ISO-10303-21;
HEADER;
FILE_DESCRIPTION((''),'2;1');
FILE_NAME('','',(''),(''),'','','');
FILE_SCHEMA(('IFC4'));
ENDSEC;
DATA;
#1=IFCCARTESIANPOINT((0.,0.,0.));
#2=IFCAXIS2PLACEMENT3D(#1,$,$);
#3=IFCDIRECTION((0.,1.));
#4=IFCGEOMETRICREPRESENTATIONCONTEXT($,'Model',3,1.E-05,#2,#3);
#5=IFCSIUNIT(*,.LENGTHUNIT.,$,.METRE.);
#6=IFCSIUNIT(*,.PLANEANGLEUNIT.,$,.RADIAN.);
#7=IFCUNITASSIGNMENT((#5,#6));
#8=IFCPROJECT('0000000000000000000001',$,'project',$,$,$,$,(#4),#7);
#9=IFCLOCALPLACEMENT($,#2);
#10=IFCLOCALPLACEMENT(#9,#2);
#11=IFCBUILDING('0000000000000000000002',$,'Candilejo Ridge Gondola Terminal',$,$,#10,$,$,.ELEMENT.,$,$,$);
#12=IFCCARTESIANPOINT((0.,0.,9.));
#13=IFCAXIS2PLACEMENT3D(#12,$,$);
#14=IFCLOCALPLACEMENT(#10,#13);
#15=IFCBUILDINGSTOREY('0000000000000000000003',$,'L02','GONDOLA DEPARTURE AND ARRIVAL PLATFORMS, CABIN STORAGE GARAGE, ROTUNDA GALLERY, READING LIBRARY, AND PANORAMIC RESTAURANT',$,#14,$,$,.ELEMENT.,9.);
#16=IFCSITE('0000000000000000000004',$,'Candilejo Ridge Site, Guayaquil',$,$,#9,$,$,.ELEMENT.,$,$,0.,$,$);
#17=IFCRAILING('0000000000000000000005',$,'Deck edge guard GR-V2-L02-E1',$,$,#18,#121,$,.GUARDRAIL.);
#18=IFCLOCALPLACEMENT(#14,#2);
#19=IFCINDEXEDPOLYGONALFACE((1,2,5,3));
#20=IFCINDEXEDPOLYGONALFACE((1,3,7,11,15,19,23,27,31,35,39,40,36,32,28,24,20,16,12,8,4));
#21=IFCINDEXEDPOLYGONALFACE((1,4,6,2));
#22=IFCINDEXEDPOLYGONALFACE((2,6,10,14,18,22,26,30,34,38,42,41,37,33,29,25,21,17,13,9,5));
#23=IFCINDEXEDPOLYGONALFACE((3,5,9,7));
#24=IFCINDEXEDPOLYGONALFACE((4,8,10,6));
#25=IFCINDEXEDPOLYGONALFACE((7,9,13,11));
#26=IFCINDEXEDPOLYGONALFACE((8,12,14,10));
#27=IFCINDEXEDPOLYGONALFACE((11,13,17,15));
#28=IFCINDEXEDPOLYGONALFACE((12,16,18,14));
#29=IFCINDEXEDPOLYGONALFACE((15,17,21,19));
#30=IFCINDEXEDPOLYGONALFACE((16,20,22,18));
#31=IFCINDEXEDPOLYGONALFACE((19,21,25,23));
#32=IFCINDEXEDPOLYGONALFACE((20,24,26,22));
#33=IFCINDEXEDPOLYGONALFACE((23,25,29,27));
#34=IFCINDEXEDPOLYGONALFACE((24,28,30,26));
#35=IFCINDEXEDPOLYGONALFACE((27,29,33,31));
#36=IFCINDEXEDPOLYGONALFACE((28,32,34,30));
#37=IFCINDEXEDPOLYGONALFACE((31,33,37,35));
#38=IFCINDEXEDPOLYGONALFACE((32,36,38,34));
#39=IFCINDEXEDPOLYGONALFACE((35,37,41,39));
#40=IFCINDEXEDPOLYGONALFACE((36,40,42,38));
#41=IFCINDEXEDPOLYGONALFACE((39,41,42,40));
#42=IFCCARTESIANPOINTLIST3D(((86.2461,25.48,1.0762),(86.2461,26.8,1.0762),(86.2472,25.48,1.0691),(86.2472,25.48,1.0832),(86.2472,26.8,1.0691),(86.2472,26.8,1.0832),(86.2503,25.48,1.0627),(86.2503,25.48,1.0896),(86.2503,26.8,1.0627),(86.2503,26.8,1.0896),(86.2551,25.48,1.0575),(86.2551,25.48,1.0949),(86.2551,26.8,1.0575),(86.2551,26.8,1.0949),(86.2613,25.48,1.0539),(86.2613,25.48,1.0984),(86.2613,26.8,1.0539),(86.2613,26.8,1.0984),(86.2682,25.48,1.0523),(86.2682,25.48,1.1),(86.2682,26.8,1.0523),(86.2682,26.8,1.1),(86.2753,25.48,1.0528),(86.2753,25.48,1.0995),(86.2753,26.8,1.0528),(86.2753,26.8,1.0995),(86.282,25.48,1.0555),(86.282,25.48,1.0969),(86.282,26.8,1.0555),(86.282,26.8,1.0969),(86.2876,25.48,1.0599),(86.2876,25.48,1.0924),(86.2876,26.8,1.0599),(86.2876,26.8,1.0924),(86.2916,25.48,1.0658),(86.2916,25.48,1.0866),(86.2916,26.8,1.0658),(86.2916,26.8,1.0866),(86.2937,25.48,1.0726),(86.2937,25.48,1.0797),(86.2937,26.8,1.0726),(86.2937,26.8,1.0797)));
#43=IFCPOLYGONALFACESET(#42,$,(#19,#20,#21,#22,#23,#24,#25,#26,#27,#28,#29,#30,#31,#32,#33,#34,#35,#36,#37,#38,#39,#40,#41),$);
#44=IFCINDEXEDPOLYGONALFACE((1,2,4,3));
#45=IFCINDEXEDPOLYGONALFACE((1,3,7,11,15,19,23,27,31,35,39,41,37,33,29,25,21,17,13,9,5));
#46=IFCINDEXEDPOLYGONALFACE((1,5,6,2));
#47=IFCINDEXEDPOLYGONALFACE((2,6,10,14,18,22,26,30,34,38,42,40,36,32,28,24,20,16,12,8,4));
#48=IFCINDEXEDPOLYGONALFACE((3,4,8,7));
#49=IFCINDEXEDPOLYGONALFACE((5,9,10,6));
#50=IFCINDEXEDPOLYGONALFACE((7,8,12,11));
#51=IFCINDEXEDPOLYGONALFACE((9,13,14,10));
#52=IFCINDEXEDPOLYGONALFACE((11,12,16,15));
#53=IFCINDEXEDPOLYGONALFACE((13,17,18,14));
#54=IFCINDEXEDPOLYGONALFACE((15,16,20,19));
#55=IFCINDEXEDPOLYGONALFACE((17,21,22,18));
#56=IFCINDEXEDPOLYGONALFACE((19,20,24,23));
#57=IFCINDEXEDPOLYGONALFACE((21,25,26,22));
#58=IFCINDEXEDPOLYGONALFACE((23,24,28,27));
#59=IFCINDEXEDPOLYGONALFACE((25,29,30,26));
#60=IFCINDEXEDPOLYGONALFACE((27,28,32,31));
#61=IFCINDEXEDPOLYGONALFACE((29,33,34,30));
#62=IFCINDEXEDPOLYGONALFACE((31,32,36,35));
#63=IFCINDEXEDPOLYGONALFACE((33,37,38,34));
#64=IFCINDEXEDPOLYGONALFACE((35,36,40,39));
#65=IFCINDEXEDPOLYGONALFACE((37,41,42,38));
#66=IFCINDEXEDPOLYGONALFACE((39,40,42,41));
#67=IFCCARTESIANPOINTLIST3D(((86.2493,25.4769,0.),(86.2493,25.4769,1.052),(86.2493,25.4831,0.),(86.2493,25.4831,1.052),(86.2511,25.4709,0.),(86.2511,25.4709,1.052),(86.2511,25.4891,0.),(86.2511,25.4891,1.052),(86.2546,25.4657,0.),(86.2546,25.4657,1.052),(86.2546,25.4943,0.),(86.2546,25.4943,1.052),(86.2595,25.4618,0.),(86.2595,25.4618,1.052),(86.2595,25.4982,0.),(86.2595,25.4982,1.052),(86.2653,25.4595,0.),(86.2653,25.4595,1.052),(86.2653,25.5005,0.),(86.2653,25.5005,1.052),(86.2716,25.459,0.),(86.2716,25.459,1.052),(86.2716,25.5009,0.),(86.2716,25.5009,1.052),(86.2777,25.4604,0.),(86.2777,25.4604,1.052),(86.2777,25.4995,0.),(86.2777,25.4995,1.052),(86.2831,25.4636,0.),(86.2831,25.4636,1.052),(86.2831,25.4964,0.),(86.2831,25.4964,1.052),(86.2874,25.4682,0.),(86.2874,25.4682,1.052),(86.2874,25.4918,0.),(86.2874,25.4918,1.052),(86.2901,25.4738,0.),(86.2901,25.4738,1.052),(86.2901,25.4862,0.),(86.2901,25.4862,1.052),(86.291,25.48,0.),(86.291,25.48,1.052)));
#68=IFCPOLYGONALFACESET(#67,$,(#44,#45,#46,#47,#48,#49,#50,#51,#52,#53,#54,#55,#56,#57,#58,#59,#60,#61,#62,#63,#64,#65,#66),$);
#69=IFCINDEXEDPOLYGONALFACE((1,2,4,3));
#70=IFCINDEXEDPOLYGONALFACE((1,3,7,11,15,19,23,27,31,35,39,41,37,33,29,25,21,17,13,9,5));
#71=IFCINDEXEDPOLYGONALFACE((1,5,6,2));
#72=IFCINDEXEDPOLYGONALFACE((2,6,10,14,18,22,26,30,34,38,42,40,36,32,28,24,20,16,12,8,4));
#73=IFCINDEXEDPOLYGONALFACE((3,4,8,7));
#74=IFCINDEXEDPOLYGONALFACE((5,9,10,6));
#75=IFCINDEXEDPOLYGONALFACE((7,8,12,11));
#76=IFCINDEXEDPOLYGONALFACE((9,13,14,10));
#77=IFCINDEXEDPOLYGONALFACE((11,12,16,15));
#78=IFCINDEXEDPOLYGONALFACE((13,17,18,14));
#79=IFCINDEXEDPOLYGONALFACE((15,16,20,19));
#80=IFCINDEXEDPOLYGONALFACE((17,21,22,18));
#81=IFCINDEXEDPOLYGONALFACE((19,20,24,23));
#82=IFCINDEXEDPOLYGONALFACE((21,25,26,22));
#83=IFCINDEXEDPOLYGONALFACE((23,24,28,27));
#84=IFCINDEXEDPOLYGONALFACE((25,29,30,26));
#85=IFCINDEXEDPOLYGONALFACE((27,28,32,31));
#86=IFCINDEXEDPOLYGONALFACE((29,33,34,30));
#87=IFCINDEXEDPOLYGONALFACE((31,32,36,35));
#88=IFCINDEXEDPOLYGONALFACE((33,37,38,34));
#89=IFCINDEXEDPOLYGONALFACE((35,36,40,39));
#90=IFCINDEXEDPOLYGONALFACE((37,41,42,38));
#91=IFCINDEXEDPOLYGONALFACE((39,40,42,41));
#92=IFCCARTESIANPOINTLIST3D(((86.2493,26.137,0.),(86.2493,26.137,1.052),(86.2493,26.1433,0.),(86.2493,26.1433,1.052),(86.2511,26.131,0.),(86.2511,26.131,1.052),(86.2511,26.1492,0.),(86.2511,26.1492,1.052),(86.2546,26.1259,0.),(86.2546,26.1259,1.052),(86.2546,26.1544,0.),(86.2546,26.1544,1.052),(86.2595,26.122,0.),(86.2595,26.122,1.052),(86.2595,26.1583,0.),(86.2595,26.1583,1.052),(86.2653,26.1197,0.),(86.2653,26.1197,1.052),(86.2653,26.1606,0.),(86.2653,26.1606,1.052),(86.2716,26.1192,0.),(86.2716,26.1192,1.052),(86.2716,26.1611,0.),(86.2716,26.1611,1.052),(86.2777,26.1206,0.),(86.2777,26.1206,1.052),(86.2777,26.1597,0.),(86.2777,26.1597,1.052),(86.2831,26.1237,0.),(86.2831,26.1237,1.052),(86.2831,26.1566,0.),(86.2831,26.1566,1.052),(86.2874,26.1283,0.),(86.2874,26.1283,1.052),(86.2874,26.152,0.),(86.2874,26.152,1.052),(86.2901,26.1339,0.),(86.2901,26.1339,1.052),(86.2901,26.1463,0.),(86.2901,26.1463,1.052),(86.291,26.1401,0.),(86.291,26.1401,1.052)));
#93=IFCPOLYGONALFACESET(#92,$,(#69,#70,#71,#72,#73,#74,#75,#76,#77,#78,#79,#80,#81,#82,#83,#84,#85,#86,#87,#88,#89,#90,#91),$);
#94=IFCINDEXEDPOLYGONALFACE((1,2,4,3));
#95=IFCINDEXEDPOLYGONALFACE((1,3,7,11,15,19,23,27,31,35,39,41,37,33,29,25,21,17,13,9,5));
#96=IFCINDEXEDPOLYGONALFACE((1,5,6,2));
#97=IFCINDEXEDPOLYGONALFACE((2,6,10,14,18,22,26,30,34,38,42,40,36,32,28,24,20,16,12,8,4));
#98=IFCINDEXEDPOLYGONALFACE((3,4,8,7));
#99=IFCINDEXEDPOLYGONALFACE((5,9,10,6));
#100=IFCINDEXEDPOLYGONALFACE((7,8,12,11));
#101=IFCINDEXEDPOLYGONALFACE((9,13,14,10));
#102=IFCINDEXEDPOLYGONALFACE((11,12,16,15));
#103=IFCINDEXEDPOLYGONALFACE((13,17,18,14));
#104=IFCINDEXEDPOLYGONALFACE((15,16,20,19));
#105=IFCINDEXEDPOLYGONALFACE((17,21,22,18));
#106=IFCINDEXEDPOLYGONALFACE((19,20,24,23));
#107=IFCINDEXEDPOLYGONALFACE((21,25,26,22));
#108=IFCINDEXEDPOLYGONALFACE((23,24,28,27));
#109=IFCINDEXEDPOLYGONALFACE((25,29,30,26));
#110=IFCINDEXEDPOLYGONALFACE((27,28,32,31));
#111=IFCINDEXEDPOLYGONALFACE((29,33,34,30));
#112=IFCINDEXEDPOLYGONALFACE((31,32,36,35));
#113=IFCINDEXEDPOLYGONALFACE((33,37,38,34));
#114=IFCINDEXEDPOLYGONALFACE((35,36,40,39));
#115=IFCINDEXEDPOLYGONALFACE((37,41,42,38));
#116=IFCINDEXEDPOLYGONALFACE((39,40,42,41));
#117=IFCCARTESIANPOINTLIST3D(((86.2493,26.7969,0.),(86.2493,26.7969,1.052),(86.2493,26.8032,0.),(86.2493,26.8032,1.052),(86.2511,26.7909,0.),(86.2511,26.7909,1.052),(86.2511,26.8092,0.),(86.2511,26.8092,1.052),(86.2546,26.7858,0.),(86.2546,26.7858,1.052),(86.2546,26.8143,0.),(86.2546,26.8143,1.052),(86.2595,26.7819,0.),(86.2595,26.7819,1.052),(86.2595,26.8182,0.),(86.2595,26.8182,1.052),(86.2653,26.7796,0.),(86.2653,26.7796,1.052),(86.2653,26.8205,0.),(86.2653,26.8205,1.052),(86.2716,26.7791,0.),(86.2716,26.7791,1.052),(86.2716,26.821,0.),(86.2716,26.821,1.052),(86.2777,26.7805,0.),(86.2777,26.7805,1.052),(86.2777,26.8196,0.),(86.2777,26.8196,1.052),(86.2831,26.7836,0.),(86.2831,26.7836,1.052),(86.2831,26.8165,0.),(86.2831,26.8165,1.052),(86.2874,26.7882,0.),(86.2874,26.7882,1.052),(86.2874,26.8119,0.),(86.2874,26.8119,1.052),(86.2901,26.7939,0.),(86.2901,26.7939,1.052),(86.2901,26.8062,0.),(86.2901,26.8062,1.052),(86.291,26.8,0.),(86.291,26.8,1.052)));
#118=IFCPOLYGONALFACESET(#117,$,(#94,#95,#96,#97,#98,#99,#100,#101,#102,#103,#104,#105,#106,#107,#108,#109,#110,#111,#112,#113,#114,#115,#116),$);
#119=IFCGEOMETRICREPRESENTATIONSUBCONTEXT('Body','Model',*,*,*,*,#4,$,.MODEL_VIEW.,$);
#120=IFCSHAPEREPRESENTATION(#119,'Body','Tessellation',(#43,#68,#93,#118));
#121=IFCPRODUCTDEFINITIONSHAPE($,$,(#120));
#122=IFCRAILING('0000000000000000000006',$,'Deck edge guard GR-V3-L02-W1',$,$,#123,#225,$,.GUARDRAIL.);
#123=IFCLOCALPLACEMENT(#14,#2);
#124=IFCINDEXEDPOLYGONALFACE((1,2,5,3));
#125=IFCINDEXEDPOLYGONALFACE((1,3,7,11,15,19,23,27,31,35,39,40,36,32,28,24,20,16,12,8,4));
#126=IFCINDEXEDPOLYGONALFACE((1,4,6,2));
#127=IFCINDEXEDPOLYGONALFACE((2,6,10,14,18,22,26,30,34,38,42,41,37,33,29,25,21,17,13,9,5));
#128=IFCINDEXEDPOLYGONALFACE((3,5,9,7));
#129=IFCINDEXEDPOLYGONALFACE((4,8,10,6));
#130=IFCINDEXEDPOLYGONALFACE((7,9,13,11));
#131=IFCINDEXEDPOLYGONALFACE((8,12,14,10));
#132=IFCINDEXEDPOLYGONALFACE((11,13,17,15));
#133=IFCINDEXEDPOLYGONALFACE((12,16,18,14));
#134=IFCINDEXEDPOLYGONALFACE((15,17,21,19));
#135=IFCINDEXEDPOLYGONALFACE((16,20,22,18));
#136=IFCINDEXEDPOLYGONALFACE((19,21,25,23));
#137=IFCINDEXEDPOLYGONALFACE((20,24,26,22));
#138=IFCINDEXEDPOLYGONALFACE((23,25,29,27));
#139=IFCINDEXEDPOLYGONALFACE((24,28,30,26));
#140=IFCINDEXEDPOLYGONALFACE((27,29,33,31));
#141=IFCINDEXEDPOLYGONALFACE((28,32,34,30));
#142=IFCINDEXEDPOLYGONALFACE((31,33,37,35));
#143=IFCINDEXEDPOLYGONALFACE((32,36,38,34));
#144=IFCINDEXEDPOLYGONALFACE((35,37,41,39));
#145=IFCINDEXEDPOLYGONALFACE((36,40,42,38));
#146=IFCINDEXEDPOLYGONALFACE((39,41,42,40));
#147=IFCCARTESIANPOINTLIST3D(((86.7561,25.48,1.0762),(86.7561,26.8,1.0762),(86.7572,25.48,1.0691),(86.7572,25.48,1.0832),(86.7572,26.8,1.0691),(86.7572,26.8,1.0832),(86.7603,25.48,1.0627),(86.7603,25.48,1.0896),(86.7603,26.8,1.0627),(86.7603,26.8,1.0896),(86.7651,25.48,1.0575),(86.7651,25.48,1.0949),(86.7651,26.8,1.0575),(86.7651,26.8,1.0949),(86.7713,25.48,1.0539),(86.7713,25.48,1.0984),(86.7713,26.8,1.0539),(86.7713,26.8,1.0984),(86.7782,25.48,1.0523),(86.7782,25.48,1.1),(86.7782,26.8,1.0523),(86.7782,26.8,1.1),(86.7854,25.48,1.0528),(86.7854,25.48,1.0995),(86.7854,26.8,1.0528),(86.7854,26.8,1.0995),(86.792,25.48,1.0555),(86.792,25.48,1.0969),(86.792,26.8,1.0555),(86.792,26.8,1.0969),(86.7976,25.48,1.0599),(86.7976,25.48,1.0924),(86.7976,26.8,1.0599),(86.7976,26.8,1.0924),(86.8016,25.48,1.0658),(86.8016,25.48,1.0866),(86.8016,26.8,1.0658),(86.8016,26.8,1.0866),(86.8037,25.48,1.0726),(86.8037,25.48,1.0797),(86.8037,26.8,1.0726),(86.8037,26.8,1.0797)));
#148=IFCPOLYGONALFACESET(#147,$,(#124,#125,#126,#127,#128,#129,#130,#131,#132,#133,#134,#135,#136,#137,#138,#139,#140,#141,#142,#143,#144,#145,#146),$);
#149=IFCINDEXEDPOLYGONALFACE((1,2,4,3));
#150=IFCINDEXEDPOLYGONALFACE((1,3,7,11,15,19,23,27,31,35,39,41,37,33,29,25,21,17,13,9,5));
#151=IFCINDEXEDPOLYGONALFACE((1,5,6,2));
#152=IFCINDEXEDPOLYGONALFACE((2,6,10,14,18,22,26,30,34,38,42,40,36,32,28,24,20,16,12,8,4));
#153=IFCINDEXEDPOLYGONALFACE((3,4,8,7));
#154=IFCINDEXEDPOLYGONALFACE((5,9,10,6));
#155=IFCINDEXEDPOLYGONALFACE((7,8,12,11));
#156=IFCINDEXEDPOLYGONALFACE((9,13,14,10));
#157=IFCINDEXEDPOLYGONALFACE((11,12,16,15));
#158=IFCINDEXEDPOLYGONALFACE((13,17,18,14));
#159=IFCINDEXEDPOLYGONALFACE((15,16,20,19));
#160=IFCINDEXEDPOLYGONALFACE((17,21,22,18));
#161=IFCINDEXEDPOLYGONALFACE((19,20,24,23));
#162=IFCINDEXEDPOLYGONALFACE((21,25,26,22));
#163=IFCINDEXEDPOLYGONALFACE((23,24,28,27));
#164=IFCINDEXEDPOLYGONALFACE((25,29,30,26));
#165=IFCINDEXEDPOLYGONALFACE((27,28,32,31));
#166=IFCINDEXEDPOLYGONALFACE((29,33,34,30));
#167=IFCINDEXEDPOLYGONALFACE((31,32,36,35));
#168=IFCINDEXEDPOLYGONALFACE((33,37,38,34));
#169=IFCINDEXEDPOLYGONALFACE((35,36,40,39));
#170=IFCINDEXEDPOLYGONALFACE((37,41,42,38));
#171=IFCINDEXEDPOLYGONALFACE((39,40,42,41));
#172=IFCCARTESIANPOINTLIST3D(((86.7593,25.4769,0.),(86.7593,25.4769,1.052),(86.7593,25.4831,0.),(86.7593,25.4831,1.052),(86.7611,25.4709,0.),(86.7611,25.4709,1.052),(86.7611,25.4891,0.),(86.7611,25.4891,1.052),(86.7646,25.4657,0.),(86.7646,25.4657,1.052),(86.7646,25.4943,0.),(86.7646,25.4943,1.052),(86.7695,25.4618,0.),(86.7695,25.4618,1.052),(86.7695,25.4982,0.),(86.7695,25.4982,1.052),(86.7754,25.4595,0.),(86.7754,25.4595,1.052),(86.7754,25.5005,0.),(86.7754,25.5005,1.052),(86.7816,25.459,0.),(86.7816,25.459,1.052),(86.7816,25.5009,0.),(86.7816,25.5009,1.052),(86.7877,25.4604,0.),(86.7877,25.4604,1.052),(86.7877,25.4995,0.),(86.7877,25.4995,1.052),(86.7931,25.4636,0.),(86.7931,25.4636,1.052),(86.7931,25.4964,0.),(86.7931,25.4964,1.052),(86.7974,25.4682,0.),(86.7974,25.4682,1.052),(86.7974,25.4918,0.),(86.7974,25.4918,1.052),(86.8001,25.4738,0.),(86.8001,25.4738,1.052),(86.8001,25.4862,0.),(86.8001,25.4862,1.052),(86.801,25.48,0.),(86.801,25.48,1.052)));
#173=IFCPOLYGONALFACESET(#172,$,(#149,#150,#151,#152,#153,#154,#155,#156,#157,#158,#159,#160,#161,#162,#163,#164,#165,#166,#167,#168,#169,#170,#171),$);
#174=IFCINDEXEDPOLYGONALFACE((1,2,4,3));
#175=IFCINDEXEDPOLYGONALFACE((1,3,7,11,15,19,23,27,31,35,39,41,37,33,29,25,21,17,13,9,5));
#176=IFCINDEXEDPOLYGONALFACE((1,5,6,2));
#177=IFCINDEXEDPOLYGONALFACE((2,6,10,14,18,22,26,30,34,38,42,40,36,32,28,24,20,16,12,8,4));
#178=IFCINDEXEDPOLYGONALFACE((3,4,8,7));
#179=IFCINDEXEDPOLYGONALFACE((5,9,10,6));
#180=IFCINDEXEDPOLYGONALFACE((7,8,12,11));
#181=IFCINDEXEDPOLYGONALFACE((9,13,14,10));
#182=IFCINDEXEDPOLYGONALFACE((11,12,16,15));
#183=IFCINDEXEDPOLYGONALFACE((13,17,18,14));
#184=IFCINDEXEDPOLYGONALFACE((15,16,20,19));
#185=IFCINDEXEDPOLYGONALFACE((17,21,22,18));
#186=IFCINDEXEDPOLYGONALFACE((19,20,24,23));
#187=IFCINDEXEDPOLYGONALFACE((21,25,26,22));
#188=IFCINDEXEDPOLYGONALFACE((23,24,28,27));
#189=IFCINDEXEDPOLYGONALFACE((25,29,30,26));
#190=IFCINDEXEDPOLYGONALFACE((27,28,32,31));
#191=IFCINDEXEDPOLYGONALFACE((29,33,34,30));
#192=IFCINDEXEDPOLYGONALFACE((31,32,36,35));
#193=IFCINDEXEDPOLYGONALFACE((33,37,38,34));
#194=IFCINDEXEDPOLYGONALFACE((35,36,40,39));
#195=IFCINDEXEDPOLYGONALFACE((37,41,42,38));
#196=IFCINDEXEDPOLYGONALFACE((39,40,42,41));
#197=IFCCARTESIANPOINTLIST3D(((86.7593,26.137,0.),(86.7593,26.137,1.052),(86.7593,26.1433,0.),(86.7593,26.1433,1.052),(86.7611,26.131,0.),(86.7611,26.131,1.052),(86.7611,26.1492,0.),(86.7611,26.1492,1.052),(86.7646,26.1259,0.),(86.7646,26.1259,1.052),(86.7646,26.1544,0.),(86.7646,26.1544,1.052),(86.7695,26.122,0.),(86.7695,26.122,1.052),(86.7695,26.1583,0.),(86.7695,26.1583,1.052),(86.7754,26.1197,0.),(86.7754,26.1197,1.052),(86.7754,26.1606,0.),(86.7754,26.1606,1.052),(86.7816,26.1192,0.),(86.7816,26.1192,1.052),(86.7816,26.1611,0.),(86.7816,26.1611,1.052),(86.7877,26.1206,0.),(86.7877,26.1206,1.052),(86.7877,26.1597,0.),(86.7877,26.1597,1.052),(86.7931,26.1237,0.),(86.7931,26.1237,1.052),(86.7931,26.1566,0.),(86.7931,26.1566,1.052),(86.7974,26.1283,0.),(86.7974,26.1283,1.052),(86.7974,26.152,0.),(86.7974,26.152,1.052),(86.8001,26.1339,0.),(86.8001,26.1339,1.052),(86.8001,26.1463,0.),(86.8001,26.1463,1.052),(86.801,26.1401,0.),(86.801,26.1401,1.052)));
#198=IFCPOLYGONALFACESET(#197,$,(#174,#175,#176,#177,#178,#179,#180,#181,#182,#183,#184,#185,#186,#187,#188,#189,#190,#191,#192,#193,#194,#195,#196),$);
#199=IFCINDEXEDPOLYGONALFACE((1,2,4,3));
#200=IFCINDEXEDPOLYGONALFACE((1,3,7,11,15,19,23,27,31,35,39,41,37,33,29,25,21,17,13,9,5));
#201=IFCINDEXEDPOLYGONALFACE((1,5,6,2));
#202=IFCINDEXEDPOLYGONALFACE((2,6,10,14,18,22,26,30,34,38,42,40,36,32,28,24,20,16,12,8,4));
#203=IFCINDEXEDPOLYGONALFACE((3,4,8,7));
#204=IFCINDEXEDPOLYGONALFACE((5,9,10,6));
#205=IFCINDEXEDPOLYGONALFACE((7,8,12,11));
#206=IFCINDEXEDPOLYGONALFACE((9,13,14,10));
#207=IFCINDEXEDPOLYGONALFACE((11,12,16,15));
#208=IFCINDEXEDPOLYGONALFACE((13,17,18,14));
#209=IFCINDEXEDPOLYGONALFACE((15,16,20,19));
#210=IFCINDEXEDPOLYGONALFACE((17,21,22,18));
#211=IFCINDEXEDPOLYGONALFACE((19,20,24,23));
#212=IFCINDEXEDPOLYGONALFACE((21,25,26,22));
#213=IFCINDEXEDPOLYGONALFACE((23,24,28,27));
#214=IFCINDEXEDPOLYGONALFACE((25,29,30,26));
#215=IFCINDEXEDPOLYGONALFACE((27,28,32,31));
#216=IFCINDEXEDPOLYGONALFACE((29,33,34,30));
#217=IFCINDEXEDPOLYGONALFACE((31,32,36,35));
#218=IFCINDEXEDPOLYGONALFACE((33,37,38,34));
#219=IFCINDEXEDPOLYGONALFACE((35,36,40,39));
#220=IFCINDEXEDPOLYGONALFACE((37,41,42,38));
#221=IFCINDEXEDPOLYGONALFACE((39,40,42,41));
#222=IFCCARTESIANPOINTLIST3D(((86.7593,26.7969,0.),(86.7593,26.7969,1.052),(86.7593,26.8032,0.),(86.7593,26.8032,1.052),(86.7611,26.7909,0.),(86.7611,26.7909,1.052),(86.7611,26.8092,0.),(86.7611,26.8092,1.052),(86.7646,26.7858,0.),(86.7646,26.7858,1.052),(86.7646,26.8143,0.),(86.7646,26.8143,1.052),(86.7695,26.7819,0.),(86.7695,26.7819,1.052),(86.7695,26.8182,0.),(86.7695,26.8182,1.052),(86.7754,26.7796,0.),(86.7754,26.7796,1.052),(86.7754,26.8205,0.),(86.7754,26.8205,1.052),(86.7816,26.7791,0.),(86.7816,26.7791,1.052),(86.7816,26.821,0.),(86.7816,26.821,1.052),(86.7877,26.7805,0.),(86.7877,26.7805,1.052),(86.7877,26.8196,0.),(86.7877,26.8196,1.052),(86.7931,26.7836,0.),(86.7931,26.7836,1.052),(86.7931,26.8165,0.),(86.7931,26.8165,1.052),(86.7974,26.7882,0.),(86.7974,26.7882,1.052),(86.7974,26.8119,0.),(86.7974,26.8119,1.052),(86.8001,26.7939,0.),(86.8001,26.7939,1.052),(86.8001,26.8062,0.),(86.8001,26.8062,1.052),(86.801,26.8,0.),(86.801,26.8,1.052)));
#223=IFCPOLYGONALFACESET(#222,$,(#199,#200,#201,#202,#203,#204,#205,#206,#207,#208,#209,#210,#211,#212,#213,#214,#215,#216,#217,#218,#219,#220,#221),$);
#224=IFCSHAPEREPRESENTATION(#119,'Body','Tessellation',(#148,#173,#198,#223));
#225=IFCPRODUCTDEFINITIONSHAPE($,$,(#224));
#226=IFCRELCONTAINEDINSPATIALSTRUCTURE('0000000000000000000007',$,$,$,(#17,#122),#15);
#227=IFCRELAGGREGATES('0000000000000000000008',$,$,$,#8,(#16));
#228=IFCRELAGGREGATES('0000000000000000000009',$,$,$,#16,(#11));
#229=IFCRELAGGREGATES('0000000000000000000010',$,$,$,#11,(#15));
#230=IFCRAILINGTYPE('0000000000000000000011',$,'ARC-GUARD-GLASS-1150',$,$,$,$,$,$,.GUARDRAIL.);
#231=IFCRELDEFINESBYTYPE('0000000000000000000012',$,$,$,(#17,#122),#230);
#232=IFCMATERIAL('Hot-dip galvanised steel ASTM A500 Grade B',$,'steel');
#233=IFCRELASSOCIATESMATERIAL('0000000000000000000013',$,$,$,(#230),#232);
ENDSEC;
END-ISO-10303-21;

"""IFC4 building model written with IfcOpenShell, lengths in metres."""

from ifc_helpers import new_model, si_unit, direction, frame, origin, origin_2d, place, context, subcontext, project, spatial, circle, extrude, material, type_object, element, save


model = new_model("IFC4")

# Units and contexts
model_context = context("Model", 3, precision=1e-05, world=origin(), true_north=direction((0.0, 1.0)))
body_context = subcontext(model_context, "Body", "Model", "MODEL_VIEW")
ifc_project = project(units=[si_unit("LENGTHUNIT", "METRE"), si_unit("PLANEANGLEUNIT", "RADIAN")], contexts=[model_context])

# Site, building, storey
site_placement = place(None, origin())
site = spatial("IfcSite", under=ifc_project, at=site_placement, Name="Candilejo Ridge Site, Guayaquil", CompositionType="ELEMENT", RefElevation=0.0)
building_placement = place(site_placement, origin())
building = spatial("IfcBuilding", under=site, at=building_placement, Name="Candilejo Ridge Gondola Terminal", CompositionType="ELEMENT")
storey_placement = place(building_placement, frame((0.0, 0.0, 9.0)))
storey = spatial("IfcBuildingStorey", under=building, at=storey_placement, Name="L02", Description="GONDOLA DEPARTURE AND ARRIVAL PLATFORMS, CABIN STORAGE GARAGE, ROTUNDA GALLERY, READING LIBRARY, AND PANORAMIC RESTAURANT", CompositionType="ELEMENT", Elevation=9.0)

# Railings
ifc_material_1 = material(Name="Hot-dip galvanised steel ASTM A500 Grade B", Category="steel")
railing_type = type_object("IfcRailingType", Name="ARC-GUARD-GLASS-1150", PredefinedType="GUARDRAIL", material=ifc_material_1)
for number, where, name in (
    (1, (86.27, 25.48, 0.0), "Deck edge guard GR-V2-L02-E1"),
    (2, (86.78, 25.48, 0.0), "Deck edge guard GR-V3-L02-W1"),
):
    element("IfcRailing", number, at=place(storey_placement, frame(where)), inside=storey, type_object=railing_type, Name=name, PredefinedType="GUARDRAIL", context=body_context, shape_type="SweptSolid", body=[
        extrude(circle(Radius=0.0239, at=origin_2d()), frame((0.0, 0.0, 1.0762), z_axis=(0.0, 1.0, 0.0), x_axis=(-1.0, 0.0, 0.0)), (0.0, 0.0, 1.0), 1.3201),
        extrude(circle(Radius=0.021, at=origin_2d()), origin(), (0.0, 0.0, 1.0), 1.052),
        extrude(circle(Radius=0.021, at=origin_2d()), frame((0.0, 0.6602, 0.0)), (0.0, 0.0, 1.0), 1.052),
        extrude(circle(Radius=0.021, at=origin_2d()), frame((0.0, 1.3201, 0.0)), (0.0, 0.0, 1.0), 1.052),
    ])

save(model, "model.ifc")
